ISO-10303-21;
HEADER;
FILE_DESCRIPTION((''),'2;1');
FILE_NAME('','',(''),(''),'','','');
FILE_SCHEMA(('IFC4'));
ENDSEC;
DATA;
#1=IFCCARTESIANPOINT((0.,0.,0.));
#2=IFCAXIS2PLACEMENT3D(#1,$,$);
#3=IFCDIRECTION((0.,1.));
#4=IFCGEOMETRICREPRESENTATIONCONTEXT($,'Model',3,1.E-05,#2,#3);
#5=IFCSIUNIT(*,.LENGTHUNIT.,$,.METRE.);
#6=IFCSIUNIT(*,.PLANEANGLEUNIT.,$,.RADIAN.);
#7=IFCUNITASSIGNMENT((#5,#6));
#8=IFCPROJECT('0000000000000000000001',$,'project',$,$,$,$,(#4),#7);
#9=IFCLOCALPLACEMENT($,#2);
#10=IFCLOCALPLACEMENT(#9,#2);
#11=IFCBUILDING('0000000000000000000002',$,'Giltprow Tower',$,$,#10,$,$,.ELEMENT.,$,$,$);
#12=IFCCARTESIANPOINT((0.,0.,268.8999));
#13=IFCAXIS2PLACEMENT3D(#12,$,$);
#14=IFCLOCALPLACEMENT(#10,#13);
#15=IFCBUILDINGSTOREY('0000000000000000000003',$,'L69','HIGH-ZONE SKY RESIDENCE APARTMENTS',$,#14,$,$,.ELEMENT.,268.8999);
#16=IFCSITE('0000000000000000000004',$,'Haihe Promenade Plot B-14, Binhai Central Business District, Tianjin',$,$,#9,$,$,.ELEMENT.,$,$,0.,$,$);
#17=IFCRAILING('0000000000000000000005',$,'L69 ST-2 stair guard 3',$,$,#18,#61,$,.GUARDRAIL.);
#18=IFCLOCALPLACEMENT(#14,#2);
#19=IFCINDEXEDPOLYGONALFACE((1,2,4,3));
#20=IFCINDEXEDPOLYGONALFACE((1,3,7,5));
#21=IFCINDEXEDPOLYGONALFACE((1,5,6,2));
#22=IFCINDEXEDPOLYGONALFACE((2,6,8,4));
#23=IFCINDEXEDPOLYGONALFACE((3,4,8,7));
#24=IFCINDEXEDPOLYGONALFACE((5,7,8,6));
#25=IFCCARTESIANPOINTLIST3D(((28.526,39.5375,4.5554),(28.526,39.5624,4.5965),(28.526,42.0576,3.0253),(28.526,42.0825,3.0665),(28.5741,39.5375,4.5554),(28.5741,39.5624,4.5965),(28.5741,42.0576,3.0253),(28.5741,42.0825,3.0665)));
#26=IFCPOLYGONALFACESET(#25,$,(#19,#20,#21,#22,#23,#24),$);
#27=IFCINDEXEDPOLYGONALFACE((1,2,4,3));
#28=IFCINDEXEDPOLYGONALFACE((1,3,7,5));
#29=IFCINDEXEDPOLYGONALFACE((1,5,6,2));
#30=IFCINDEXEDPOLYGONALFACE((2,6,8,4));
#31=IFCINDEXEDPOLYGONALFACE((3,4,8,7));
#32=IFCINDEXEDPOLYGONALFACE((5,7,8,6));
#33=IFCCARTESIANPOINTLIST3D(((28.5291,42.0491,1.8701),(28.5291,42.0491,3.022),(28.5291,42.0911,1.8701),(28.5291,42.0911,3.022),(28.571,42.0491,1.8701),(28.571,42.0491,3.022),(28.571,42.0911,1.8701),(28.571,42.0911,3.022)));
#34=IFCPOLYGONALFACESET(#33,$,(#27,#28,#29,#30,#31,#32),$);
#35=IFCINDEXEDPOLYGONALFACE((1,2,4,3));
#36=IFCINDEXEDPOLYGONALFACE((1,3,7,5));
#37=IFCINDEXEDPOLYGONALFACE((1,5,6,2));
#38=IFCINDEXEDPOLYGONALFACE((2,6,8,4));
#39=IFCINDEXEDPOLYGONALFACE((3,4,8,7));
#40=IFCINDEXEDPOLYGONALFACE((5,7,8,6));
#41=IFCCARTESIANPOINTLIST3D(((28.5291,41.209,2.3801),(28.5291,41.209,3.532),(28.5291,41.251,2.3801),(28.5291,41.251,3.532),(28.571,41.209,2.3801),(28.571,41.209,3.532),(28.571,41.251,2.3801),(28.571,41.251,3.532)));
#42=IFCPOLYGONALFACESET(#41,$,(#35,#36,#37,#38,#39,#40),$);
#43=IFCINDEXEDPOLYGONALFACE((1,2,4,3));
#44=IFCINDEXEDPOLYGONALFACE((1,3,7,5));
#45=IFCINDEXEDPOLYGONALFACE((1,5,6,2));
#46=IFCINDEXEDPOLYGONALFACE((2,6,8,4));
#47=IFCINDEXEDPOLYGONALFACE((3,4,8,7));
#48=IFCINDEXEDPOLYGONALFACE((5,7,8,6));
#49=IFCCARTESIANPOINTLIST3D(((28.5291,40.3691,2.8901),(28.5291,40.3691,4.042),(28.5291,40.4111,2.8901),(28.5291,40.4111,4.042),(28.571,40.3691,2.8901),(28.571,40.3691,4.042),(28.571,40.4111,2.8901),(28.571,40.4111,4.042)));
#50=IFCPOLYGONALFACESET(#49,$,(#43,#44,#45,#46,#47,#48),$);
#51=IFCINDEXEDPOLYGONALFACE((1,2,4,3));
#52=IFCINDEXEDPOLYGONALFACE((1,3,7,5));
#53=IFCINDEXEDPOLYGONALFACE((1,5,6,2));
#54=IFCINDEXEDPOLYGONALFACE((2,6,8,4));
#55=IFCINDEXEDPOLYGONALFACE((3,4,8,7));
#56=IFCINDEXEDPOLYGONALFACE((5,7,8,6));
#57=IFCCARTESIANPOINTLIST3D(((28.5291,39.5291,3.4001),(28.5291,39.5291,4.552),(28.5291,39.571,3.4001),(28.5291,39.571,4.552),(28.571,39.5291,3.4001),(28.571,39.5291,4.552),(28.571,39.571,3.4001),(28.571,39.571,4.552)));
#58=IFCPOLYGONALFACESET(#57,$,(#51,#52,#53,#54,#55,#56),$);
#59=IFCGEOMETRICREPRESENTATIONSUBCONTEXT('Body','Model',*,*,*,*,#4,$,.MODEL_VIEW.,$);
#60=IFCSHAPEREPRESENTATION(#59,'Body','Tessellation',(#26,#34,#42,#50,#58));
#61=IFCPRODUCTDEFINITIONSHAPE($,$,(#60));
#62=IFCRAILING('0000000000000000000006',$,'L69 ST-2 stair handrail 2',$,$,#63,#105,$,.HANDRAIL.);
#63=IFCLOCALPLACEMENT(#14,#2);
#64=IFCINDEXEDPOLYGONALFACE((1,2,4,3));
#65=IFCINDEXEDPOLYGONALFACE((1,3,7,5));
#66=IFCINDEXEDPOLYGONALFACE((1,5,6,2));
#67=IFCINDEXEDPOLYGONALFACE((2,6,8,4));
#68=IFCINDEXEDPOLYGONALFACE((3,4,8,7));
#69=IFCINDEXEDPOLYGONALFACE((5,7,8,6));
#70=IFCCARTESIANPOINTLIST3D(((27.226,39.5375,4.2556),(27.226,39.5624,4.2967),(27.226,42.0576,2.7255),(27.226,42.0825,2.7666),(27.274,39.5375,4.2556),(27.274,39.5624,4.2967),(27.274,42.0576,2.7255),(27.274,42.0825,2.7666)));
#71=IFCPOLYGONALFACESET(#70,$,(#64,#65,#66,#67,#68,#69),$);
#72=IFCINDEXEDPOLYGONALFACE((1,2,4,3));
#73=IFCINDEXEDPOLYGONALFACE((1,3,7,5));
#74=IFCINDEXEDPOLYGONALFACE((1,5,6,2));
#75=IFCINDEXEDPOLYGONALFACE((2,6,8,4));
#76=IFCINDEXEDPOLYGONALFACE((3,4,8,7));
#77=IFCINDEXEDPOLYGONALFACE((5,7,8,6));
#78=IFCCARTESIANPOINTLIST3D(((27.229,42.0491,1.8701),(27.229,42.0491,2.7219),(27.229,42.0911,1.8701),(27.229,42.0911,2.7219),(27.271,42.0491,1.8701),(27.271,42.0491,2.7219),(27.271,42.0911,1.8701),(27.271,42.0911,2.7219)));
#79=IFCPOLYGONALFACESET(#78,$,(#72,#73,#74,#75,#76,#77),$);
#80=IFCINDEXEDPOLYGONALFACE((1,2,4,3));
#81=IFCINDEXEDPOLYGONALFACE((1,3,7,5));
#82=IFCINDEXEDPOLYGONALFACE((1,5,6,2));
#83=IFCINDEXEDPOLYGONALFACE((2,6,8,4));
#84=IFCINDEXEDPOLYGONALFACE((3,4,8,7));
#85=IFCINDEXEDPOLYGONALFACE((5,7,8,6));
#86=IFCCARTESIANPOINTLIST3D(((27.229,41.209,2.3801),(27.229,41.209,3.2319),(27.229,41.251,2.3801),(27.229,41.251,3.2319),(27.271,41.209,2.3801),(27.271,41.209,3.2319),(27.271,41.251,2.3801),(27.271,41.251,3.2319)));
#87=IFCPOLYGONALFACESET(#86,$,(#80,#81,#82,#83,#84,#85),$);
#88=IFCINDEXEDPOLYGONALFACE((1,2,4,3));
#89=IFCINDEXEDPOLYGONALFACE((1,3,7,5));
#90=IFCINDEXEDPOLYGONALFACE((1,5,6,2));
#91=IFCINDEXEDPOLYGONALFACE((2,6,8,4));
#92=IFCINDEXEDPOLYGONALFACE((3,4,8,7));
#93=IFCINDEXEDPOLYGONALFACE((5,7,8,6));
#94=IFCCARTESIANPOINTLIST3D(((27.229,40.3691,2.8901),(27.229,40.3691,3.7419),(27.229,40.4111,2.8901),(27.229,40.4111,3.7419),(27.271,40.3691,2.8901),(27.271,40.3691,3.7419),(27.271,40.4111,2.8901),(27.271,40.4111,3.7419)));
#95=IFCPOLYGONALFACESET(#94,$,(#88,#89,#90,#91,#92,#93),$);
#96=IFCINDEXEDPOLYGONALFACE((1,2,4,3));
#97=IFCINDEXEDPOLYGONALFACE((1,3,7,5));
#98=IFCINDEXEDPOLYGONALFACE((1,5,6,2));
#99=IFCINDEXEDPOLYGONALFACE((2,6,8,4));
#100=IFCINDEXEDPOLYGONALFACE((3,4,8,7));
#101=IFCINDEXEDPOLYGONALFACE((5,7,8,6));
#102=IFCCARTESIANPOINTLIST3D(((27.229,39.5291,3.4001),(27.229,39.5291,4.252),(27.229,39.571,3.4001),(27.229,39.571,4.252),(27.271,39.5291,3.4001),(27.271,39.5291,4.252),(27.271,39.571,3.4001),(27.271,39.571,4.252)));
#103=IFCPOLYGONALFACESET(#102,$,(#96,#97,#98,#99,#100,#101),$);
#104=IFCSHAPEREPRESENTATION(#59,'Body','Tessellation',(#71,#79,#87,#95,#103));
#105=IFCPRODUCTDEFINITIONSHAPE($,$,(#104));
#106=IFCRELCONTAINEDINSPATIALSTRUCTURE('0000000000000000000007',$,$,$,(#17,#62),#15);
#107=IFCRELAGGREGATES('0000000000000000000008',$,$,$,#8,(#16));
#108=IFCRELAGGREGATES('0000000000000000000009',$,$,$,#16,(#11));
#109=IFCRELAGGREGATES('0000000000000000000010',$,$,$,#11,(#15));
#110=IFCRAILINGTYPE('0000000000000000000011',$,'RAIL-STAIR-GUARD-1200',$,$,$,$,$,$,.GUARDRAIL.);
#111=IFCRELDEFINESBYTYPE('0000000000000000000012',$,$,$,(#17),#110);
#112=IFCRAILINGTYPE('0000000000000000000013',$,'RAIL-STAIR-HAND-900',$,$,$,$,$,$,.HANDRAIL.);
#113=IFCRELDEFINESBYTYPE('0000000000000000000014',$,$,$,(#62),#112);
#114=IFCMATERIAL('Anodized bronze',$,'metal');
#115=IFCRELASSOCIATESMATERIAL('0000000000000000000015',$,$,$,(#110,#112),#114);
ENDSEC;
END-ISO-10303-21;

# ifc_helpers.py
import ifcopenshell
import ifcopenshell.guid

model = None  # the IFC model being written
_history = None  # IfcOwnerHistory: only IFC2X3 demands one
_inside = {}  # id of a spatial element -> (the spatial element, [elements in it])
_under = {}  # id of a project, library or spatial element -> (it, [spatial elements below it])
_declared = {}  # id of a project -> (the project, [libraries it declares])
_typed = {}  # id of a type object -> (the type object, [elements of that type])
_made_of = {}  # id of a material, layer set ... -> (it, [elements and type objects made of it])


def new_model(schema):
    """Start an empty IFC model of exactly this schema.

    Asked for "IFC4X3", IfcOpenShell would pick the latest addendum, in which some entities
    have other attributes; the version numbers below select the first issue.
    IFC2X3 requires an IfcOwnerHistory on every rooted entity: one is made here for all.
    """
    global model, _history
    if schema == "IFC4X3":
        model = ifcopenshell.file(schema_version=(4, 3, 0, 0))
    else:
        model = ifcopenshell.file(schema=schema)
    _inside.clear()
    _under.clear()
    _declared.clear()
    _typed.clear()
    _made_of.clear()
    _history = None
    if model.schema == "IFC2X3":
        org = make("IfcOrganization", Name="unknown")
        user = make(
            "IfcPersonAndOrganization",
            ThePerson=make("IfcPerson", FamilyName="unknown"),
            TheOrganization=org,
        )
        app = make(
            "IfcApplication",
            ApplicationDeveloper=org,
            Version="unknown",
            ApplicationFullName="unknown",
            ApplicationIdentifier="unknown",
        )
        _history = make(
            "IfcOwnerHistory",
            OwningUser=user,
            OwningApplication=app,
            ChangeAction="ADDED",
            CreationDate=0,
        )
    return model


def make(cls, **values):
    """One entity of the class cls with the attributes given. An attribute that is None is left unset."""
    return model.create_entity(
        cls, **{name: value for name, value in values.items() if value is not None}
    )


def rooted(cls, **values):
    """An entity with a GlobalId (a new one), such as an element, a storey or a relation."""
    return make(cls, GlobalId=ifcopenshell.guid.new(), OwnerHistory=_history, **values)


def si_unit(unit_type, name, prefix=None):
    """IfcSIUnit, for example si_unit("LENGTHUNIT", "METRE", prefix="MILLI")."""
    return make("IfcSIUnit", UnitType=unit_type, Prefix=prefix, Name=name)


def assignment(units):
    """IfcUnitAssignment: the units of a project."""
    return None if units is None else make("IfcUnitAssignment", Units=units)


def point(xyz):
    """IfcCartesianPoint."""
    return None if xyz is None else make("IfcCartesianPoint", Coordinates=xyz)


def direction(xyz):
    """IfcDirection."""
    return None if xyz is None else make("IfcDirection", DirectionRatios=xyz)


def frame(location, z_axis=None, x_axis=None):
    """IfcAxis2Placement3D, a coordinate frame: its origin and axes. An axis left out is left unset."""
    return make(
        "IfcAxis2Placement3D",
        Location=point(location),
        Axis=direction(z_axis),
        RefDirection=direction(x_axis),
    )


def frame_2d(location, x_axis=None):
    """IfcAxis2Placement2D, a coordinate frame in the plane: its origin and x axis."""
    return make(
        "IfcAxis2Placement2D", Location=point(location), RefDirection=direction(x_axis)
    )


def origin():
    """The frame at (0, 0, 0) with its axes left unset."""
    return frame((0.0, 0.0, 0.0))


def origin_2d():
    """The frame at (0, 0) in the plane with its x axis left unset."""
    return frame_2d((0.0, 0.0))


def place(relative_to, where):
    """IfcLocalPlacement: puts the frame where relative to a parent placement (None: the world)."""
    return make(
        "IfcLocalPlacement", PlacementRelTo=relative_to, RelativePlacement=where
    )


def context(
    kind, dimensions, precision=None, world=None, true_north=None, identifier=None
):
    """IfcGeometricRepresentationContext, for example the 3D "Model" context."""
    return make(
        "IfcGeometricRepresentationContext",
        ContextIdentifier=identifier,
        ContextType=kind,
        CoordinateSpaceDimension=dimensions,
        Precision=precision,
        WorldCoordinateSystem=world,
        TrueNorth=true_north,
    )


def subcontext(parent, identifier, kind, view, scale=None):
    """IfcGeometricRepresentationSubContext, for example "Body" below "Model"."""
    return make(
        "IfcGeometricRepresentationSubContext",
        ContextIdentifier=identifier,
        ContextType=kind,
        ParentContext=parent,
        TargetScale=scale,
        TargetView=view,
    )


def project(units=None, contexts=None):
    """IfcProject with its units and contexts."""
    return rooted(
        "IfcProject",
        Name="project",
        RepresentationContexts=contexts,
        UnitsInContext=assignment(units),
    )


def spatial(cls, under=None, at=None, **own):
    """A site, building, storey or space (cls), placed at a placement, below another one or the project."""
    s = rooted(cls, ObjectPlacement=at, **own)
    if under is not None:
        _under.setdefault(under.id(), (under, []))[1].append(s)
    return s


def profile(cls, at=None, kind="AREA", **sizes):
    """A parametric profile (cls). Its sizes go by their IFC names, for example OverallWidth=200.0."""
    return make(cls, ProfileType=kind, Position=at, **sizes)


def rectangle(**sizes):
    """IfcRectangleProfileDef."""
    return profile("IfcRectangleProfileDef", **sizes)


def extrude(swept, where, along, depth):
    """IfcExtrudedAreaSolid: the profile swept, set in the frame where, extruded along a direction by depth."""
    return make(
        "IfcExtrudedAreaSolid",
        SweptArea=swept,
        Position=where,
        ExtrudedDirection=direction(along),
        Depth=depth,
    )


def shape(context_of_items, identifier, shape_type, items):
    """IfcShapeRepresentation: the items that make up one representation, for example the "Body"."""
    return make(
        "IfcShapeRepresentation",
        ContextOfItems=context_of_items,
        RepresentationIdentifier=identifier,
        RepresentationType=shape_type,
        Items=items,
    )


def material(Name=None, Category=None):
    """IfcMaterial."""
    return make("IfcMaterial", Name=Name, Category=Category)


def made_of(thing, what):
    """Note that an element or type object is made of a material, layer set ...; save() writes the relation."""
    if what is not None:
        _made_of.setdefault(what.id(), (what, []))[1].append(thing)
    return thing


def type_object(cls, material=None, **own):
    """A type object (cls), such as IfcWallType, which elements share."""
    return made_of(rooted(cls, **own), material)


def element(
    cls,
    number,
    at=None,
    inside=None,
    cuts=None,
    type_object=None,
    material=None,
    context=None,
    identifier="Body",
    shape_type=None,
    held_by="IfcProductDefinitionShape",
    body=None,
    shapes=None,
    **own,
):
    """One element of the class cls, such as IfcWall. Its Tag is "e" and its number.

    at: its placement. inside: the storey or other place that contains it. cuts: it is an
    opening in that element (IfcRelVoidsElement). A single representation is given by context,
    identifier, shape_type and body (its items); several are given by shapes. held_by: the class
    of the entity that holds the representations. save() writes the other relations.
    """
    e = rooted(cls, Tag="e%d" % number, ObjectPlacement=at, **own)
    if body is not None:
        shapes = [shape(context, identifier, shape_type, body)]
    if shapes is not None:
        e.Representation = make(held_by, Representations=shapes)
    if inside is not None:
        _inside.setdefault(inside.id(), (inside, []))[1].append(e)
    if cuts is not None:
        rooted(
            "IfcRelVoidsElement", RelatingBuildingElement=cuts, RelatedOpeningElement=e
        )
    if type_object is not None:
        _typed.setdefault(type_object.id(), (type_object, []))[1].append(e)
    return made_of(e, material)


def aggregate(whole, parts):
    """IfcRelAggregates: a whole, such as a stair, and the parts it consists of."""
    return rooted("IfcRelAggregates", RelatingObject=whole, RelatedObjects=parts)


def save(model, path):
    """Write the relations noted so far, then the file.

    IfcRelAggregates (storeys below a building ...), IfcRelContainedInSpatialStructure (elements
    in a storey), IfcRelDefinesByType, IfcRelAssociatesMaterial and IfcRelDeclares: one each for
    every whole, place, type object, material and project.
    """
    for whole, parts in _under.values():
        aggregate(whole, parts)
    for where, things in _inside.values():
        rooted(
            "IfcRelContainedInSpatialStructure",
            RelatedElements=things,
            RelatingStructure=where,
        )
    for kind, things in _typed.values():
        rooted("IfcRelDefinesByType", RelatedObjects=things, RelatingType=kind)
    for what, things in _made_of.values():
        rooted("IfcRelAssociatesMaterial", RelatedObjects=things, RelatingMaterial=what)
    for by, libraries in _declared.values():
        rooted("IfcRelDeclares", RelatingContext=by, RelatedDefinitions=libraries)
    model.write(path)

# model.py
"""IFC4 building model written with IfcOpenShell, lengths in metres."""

from ifc_helpers import new_model, si_unit, direction, frame, origin, origin_2d, place, context, subcontext, project, spatial, rectangle, extrude, material, type_object, element, save


model = new_model("IFC4")

# Units and contexts
model_context = context("Model", 3, precision=1e-05, world=origin(), true_north=direction((0.0, 1.0)))
body_context = subcontext(model_context, "Body", "Model", "MODEL_VIEW")
ifc_project = project(units=[si_unit("LENGTHUNIT", "METRE"), si_unit("PLANEANGLEUNIT", "RADIAN")], contexts=[model_context])

# Site, building, storey
site_placement = place(None, origin())
site = spatial("IfcSite", under=ifc_project, at=site_placement, Name="Haihe Promenade Plot B-14, Binhai Central Business District, Tianjin", CompositionType="ELEMENT", RefElevation=0.0)
building_placement = place(site_placement, origin())
building = spatial("IfcBuilding", under=site, at=building_placement, Name="Giltprow Tower", CompositionType="ELEMENT")
storey_placement = place(building_placement, frame((0.0, 0.0, 268.8999)))
storey = spatial("IfcBuildingStorey", under=building, at=storey_placement, Name="L69", Description="HIGH-ZONE SKY RESIDENCE APARTMENTS", CompositionType="ELEMENT", Elevation=268.8999)

# Railings
ifc_material_1 = material(Name="Anodized bronze", Category="metal")
railing_type_1 = type_object("IfcRailingType", Name="RAIL-STAIR-GUARD-1200", PredefinedType="GUARDRAIL", material=ifc_material_1)
railing_1_placement = place(storey_placement, frame((28.55, 42.0701, 1.8701)))
element("IfcRailing", 1, at=railing_1_placement, inside=storey, type_object=railing_type_1, Name="L69 ST-2 stair guard 3", PredefinedType="GUARDRAIL", context=body_context, shape_type="SweptSolid", body=[
    extrude(rectangle(XDim=0.0481, YDim=0.0481, at=origin_2d()), frame((0.0, 0.0, 1.1758), z_axis=(0.0, -0.854785, 0.518982), x_axis=(1.0, 0.0, 0.0)), (0.0, 0.0, 1.0), 2.9482),
    extrude(rectangle(XDim=0.042, YDim=0.042, at=origin_2d()), origin(), (0.0, 0.0, 1.0), 1.1519),
    extrude(rectangle(XDim=0.042, YDim=0.042, at=origin_2d()), frame((0.0, -0.8401, 0.51)), (0.0, 0.0, 1.0), 1.1519),
    extrude(rectangle(XDim=0.042, YDim=0.042, at=origin_2d()), frame((0.0, -1.6799, 1.02)), (0.0, 0.0, 1.0), 1.1519),
    extrude(rectangle(XDim=0.042, YDim=0.042, at=origin_2d()), frame((0.0, -2.52, 1.53)), (0.0, 0.0, 1.0), 1.1519),
])
railing_type_2 = type_object("IfcRailingType", Name="RAIL-STAIR-HAND-900", PredefinedType="HANDRAIL", material=ifc_material_1)
railing_2_placement = place(storey_placement, frame((27.25, 42.0701, 1.8701)))
element("IfcRailing", 2, at=railing_2_placement, inside=storey, type_object=railing_type_2, Name="L69 ST-2 stair handrail 2", PredefinedType="HANDRAIL", context=body_context, shape_type="SweptSolid", body=[
    extrude(rectangle(XDim=0.0481, YDim=0.0481, at=origin_2d()), frame((0.0, 0.0, 0.876), z_axis=(0.0, -0.854785, 0.518982), x_axis=(1.0, 0.0, 0.0)), (0.0, 0.0, 1.0), 2.9482),
    extrude(rectangle(XDim=0.042, YDim=0.042, at=origin_2d()), origin(), (0.0, 0.0, 1.0), 0.8518),
    extrude(rectangle(XDim=0.042, YDim=0.042, at=origin_2d()), frame((0.0, -0.8401, 0.51)), (0.0, 0.0, 1.0), 0.8518),
    extrude(rectangle(XDim=0.042, YDim=0.042, at=origin_2d()), frame((0.0, -1.6799, 1.02)), (0.0, 0.0, 1.0), 0.8518),
    extrude(rectangle(XDim=0.042, YDim=0.042, at=origin_2d()), frame((0.0, -2.52, 1.53)), (0.0, 0.0, 1.0), 0.8518),
])

save(model, "model.ifc")
